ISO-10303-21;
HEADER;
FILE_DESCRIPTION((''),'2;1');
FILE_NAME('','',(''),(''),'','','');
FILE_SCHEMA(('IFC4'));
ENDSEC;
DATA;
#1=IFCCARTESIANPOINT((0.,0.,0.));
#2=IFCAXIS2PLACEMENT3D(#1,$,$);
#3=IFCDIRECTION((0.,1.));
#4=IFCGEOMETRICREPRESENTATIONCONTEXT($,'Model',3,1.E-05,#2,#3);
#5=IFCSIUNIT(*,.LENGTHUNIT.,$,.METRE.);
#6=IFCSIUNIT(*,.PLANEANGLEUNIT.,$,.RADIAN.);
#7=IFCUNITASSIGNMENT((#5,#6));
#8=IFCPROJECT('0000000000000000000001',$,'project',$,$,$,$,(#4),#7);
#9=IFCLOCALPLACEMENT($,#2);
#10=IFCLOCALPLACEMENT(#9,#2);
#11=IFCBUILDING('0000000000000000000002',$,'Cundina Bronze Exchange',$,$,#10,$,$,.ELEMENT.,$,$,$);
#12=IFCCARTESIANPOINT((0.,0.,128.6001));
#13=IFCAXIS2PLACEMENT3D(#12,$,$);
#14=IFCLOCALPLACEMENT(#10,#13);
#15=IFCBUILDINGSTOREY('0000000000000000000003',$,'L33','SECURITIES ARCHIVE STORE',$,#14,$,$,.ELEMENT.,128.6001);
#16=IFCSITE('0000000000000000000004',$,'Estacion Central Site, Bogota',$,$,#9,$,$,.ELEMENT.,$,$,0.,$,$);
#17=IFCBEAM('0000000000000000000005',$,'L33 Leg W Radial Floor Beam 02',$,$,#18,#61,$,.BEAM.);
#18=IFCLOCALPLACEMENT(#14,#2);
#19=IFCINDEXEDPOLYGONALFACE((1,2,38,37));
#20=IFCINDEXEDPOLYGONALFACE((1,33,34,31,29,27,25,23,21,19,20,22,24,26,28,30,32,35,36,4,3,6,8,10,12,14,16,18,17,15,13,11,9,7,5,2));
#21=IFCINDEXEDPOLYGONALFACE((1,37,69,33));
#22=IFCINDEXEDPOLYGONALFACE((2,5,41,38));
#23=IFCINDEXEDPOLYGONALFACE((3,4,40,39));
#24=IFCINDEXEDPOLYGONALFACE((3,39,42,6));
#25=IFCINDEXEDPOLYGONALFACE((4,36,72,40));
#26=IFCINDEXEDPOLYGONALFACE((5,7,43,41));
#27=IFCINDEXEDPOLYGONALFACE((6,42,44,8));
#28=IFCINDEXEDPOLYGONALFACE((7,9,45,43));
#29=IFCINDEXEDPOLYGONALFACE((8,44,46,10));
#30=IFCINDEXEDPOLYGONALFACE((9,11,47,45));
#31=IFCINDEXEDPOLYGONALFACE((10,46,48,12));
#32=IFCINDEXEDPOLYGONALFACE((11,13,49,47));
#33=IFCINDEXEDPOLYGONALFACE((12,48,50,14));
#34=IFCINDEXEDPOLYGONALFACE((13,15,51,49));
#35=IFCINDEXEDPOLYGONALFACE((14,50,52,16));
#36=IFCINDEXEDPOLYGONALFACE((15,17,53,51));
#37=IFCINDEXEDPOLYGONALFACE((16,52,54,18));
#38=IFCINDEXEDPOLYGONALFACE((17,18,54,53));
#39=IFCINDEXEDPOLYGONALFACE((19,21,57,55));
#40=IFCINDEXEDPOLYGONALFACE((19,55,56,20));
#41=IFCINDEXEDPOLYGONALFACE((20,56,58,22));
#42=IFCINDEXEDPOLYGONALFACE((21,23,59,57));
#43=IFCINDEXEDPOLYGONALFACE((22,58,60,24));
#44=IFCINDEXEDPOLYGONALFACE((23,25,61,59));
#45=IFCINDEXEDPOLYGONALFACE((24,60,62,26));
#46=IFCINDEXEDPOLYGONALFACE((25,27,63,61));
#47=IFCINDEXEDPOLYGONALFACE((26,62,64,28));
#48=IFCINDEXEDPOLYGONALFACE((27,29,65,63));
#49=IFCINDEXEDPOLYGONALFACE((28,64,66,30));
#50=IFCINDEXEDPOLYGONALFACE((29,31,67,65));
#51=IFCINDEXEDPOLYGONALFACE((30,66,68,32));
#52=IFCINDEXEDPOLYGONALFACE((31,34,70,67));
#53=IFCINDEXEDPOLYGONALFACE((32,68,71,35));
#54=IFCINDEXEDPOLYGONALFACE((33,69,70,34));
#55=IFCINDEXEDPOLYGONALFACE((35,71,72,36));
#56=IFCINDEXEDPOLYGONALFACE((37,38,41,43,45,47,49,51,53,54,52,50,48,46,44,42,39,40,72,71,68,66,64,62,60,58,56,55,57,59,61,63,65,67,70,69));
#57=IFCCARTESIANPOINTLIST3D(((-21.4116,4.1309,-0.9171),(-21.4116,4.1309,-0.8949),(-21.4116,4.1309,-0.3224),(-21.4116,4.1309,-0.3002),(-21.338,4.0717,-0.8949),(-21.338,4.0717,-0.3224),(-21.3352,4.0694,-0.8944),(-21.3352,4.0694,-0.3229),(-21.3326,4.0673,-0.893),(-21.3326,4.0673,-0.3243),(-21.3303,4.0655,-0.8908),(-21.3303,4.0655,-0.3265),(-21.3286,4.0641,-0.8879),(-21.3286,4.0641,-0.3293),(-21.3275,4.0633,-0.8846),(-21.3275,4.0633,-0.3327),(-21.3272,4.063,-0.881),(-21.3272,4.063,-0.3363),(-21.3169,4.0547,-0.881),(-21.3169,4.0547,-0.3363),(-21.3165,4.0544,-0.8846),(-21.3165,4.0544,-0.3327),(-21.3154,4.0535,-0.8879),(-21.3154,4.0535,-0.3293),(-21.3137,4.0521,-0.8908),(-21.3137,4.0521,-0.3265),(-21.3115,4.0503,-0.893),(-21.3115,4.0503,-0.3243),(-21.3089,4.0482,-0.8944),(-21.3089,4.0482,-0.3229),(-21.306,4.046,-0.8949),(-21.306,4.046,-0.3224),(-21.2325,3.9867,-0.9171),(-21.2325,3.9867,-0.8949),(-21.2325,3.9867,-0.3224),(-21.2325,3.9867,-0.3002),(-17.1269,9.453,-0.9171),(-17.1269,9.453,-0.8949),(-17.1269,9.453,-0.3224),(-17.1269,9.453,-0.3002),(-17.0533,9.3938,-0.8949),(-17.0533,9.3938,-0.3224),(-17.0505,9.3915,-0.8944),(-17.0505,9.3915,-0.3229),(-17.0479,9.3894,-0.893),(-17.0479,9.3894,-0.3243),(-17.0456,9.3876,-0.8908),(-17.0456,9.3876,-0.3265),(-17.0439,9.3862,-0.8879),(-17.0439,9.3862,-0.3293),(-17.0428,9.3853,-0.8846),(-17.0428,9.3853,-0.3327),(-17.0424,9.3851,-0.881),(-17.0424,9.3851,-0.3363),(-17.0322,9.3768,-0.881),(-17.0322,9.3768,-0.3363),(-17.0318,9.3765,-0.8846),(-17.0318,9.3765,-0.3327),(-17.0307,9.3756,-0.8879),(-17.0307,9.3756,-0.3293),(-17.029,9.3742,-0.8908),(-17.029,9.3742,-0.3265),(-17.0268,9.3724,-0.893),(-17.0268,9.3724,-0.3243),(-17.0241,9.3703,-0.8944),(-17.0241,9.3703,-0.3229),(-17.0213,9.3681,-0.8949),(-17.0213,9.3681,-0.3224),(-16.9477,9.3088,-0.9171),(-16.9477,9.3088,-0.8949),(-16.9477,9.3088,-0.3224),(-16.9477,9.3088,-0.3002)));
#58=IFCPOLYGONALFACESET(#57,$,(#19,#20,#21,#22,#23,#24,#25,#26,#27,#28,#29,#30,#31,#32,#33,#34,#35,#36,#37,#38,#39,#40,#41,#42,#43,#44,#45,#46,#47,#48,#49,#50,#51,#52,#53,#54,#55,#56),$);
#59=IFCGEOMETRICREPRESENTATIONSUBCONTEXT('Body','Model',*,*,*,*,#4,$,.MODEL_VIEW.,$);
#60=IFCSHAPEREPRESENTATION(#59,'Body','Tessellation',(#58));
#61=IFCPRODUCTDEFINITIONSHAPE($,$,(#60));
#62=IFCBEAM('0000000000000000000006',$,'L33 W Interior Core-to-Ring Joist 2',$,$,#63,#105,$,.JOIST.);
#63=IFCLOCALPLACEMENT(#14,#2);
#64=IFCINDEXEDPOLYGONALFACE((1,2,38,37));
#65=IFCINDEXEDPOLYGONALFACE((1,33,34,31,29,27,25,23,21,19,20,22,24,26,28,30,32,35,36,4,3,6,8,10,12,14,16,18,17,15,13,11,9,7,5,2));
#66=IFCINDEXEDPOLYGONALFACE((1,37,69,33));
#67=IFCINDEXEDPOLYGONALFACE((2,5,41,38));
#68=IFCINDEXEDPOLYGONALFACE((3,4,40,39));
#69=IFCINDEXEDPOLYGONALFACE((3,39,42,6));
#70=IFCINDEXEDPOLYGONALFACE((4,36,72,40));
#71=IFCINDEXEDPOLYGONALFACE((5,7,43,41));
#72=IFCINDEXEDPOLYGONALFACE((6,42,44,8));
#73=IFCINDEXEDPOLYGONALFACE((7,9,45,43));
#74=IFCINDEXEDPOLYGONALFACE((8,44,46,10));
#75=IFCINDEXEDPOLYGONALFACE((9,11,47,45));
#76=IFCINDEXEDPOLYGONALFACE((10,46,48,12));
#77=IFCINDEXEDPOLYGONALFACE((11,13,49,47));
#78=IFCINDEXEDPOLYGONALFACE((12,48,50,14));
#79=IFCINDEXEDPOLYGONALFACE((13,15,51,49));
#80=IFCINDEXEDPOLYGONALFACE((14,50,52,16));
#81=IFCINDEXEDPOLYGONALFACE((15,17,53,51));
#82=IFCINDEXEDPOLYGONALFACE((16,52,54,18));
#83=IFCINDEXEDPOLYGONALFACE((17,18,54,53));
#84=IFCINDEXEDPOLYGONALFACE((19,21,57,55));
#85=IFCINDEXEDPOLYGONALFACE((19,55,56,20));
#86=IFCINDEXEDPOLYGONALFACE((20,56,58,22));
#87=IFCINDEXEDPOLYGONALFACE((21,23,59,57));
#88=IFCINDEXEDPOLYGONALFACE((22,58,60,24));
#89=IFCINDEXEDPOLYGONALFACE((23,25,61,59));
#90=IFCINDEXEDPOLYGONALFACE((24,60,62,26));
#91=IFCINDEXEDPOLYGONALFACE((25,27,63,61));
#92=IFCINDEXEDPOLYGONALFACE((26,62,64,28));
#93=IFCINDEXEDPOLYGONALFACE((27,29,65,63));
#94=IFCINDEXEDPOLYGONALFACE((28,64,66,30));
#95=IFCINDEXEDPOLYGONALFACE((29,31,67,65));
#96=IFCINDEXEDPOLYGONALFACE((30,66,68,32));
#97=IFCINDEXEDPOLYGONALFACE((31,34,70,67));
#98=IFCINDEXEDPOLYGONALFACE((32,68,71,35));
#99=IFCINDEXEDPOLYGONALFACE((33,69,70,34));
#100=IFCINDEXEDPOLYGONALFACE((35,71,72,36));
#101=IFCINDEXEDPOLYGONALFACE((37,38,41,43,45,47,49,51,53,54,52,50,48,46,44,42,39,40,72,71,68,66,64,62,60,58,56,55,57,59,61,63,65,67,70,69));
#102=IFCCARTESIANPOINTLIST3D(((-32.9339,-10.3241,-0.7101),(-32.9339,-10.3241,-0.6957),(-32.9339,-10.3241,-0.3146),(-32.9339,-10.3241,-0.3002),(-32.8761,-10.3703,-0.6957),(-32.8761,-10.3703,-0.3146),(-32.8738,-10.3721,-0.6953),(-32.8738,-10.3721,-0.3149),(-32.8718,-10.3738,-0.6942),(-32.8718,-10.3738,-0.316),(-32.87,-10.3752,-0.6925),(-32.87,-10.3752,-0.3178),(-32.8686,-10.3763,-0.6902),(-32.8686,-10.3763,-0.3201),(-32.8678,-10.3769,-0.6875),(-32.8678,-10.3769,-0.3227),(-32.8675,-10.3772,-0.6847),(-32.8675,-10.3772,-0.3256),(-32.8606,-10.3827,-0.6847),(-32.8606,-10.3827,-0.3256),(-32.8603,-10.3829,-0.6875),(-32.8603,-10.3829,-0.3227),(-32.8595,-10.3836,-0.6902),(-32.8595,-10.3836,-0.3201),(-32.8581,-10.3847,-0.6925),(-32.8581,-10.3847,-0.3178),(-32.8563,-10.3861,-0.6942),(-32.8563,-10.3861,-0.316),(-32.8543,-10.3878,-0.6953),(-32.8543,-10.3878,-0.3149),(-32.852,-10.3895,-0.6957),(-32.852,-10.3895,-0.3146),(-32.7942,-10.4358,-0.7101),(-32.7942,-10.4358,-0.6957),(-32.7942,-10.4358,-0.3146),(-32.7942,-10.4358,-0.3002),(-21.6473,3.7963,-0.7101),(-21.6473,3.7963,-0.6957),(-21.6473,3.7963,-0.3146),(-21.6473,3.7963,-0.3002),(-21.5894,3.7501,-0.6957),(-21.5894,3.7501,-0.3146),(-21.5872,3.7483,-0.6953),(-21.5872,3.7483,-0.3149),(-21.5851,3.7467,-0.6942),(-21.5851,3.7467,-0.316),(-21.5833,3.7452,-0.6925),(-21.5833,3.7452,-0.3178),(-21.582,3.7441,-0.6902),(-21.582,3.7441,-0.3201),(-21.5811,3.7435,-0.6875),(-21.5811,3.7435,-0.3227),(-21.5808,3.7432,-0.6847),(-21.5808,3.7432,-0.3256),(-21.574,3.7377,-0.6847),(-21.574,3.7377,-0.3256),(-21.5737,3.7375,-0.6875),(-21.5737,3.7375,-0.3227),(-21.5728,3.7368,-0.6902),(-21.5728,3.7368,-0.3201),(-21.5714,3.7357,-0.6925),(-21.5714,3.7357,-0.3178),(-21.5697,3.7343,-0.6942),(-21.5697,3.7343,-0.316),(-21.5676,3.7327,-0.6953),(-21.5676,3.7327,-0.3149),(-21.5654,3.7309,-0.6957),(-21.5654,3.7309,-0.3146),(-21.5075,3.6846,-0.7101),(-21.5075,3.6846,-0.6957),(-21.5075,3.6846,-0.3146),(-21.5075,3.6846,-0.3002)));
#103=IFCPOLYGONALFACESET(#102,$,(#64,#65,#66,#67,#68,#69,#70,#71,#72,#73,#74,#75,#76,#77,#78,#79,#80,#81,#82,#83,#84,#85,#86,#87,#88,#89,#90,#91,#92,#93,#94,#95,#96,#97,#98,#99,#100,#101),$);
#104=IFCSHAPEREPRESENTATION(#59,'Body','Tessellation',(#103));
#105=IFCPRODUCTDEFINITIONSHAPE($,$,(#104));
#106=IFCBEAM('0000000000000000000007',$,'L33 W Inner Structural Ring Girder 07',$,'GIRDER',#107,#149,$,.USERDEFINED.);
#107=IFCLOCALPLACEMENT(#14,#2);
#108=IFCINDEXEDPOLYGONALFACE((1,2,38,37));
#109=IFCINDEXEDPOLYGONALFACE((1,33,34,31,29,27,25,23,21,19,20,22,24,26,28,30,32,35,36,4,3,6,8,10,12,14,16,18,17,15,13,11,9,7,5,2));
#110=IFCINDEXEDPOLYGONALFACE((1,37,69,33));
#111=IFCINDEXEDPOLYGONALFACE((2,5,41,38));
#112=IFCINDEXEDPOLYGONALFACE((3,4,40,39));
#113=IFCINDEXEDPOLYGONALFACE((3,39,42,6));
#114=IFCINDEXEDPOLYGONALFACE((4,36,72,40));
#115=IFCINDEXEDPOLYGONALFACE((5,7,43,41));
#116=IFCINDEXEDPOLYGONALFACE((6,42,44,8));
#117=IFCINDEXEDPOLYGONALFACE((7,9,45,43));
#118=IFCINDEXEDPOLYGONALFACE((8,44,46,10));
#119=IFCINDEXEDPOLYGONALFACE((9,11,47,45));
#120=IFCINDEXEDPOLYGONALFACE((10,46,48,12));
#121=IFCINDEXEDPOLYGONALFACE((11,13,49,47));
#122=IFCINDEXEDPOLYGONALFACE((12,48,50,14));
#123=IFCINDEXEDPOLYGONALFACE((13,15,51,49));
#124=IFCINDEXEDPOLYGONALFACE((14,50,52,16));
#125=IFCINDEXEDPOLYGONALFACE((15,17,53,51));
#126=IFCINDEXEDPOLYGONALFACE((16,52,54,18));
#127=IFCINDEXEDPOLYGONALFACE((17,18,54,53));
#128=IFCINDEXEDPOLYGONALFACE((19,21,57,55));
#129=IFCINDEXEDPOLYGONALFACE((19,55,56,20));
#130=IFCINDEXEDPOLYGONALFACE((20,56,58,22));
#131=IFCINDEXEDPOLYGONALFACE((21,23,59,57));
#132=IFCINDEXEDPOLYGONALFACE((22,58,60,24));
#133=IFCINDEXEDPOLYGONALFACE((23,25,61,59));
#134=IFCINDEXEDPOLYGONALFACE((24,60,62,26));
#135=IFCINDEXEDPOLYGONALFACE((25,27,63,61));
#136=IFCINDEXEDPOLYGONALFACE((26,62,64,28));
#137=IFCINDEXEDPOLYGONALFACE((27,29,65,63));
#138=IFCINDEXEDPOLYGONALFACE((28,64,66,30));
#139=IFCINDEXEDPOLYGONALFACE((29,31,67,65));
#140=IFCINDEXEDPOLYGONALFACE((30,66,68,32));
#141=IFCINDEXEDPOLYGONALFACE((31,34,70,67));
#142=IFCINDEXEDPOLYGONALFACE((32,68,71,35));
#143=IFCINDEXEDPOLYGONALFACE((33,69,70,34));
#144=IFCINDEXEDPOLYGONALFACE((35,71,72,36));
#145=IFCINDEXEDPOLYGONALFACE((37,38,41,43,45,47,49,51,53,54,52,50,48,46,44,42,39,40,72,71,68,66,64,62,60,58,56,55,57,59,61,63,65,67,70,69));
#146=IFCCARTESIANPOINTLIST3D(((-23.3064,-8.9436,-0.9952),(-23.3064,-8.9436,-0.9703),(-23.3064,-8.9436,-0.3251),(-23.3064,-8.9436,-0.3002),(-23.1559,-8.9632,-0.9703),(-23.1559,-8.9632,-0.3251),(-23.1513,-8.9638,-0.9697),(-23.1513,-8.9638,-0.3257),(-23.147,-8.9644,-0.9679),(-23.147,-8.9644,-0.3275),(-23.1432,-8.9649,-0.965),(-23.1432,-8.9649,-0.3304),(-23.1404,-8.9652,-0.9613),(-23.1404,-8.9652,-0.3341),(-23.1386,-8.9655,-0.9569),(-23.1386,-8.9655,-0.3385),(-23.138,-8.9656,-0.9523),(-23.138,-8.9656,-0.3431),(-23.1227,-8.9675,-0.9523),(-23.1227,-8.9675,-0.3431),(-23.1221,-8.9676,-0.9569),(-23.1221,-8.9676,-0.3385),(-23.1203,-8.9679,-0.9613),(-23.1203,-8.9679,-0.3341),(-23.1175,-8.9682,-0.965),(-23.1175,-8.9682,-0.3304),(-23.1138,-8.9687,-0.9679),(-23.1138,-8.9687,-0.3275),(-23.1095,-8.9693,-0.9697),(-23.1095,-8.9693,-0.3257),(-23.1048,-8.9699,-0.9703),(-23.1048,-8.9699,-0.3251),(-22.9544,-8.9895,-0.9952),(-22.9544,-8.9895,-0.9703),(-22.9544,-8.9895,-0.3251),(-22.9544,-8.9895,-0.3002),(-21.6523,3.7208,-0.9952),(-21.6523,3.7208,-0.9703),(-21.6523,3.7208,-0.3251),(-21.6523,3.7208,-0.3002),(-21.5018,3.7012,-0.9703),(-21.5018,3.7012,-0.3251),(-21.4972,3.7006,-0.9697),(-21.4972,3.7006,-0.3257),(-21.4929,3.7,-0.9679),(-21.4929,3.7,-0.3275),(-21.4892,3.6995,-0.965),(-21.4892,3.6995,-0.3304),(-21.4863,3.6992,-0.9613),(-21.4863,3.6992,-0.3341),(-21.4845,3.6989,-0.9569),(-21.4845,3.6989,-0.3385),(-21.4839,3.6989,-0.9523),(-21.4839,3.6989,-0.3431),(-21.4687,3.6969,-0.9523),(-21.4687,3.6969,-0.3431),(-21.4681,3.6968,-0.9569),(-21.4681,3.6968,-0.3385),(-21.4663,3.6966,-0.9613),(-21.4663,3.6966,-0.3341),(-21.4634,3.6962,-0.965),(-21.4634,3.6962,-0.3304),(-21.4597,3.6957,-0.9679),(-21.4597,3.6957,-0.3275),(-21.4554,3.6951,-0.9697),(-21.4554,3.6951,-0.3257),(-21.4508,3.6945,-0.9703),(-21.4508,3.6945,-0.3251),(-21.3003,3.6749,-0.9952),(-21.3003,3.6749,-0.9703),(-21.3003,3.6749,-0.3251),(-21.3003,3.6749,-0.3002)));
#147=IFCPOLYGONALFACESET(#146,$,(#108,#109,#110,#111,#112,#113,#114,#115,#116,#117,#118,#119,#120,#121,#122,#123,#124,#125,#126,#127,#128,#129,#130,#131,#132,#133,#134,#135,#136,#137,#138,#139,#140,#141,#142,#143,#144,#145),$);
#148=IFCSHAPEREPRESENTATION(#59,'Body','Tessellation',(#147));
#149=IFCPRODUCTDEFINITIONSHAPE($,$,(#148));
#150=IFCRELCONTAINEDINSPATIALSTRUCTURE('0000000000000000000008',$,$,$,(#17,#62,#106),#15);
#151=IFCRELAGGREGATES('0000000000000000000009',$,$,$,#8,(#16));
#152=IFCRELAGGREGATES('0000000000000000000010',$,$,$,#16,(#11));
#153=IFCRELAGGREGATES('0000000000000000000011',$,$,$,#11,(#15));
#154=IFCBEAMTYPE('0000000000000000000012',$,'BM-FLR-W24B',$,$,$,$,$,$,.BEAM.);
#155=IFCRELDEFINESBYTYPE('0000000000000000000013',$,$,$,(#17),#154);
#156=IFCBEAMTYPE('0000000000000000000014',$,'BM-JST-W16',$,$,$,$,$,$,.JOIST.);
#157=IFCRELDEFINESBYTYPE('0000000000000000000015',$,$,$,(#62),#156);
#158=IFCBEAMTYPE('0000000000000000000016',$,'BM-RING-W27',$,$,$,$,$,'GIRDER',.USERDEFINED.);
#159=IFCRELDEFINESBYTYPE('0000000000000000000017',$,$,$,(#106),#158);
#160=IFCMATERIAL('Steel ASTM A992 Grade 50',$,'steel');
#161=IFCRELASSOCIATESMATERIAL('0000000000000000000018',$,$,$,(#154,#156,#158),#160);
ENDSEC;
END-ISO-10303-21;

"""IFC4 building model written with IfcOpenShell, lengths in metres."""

from ifc_helpers import new_model, si_unit, direction, frame, origin, origin_2d, place, context, subcontext, project, spatial, i_section, extrude, material, material_profile, profile_set, type_object, element, save


model = new_model("IFC4")

# Units and contexts
model_context = context("Model", 3, precision=1e-05, world=origin(), true_north=direction((0.0, 1.0)))
body_context = subcontext(model_context, "Body", "Model", "MODEL_VIEW")
ifc_project = project(units=[si_unit("LENGTHUNIT", "METRE"), si_unit("PLANEANGLEUNIT", "RADIAN")], contexts=[model_context])

# Site, building, storey
site_placement = place(None, origin())
site = spatial("IfcSite", under=ifc_project, at=site_placement, Name="Estacion Central Site, Bogota", CompositionType="ELEMENT", RefElevation=0.0)
building_placement = place(site_placement, origin())
building = spatial("IfcBuilding", under=site, at=building_placement, Name="Cundina Bronze Exchange", CompositionType="ELEMENT")
storey_placement = place(building_placement, frame((0.0, 0.0, 128.6001)))
storey = spatial("IfcBuildingStorey", under=building, at=storey_placement, Name="L33", Description="SECURITIES ARCHIVE STORE", CompositionType="ELEMENT", Elevation=128.6001)

# Shared definitions
ifc_material_1 = material(Name="Steel ASTM A992 Grade 50", Category="steel")

# Beams
ifc_material_profile_1 = material_profile(ifc_material_1, i_section(OverallWidth=0.23, OverallDepth=0.6169, WebThickness=0.0132, FlangeThickness=0.0222, FilletRadius=0.0139, at=origin_2d()), Name="W24X94", Category="steel")
ifc_profile_set_1 = profile_set([ifc_material_profile_1], Name="Steel ASTM A992 Grade 50")
beam_type_1 = type_object("IfcBeamType", Name="BM-FLR-W24B", PredefinedType="BEAM", material=ifc_profile_set_1)
beam_1_placement = place(storey_placement, frame((-21.322, 4.0588, -0.6086), z_axis=(0.627106, 0.778934, 0.0), x_axis=(-0.778934, 0.627106, 0.0)))
element("IfcBeam", 1, at=beam_1_placement, inside=storey, type_object=beam_type_1, Name="L33 Leg W Radial Floor Beam 02", PredefinedType="BEAM", context=body_context, shape_type="SweptSolid", body=[
    extrude(i_section(OverallWidth=0.23, OverallDepth=0.6169, WebThickness=0.0132, FlangeThickness=0.0222, FilletRadius=0.0139, at=origin_2d()), origin(), (0.0, 0.0, 1.0), 6.8325),
])
ifc_material_profile_2 = material_profile(ifc_material_1, i_section(OverallWidth=0.179, OverallDepth=0.4099, WebThickness=0.0088, FlangeThickness=0.0144, FilletRadius=0.011, at=origin_2d()), Name="W16X45", Category="steel")
ifc_profile_set_2 = profile_set([ifc_material_profile_2], Name="Steel ASTM A992 Grade 50")
beam_type_2 = type_object("IfcBeamType", Name="BM-JST-W16", PredefinedType="JOIST", material=ifc_profile_set_2)
beam_2_placement = place(storey_placement, frame((-21.5774, 3.7405, -0.5051), z_axis=(-0.624369, -0.78113, 0.0), x_axis=(0.78113, -0.624369, 0.0)))
element("IfcBeam", 2, at=beam_2_placement, inside=storey, type_object=beam_type_2, Name="L33 W Interior Core-to-Ring Joist 2", PredefinedType="JOIST", context=body_context, shape_type="SweptSolid", body=[
    extrude(i_section(OverallWidth=0.179, OverallDepth=0.4099, WebThickness=0.0088, FlangeThickness=0.0144, FilletRadius=0.011, at=origin_2d()), origin(), (0.0, 0.0, 1.0), 18.0769),
])
ifc_material_profile_3 = material_profile(ifc_material_1, i_section(OverallWidth=0.355, OverallDepth=0.6951, WebThickness=0.0154, FlangeThickness=0.0249, FilletRadius=0.0181, at=origin_2d()), Name="W27X146", Category="steel")
ifc_profile_set_3 = profile_set([ifc_material_profile_3], Name="Steel ASTM A992 Grade 50")
beam_type_3 = type_object("IfcBeamType", Name="BM-RING-W27", ElementType="GIRDER", PredefinedType="USERDEFINED", material=ifc_profile_set_3)
beam_3_placement = place(storey_placement, frame((-23.1304, -8.9666, -0.6477), z_axis=(0.129508, 0.991578, 0.0), x_axis=(-0.991578, 0.129508, 0.0)))
element("IfcBeam", 3, at=beam_3_placement, inside=storey, type_object=beam_type_3, Name="L33 W Inner Structural Ring Girder 07", ObjectType="GIRDER", PredefinedType="USERDEFINED", context=body_context, shape_type="SweptSolid", body=[
    extrude(i_section(OverallWidth=0.355, OverallDepth=0.6951, WebThickness=0.0154, FlangeThickness=0.0249, FilletRadius=0.0181, at=origin_2d()), origin(), (0.0, 0.0, 1.0), 12.772),
])

save(model, "model.ifc")
